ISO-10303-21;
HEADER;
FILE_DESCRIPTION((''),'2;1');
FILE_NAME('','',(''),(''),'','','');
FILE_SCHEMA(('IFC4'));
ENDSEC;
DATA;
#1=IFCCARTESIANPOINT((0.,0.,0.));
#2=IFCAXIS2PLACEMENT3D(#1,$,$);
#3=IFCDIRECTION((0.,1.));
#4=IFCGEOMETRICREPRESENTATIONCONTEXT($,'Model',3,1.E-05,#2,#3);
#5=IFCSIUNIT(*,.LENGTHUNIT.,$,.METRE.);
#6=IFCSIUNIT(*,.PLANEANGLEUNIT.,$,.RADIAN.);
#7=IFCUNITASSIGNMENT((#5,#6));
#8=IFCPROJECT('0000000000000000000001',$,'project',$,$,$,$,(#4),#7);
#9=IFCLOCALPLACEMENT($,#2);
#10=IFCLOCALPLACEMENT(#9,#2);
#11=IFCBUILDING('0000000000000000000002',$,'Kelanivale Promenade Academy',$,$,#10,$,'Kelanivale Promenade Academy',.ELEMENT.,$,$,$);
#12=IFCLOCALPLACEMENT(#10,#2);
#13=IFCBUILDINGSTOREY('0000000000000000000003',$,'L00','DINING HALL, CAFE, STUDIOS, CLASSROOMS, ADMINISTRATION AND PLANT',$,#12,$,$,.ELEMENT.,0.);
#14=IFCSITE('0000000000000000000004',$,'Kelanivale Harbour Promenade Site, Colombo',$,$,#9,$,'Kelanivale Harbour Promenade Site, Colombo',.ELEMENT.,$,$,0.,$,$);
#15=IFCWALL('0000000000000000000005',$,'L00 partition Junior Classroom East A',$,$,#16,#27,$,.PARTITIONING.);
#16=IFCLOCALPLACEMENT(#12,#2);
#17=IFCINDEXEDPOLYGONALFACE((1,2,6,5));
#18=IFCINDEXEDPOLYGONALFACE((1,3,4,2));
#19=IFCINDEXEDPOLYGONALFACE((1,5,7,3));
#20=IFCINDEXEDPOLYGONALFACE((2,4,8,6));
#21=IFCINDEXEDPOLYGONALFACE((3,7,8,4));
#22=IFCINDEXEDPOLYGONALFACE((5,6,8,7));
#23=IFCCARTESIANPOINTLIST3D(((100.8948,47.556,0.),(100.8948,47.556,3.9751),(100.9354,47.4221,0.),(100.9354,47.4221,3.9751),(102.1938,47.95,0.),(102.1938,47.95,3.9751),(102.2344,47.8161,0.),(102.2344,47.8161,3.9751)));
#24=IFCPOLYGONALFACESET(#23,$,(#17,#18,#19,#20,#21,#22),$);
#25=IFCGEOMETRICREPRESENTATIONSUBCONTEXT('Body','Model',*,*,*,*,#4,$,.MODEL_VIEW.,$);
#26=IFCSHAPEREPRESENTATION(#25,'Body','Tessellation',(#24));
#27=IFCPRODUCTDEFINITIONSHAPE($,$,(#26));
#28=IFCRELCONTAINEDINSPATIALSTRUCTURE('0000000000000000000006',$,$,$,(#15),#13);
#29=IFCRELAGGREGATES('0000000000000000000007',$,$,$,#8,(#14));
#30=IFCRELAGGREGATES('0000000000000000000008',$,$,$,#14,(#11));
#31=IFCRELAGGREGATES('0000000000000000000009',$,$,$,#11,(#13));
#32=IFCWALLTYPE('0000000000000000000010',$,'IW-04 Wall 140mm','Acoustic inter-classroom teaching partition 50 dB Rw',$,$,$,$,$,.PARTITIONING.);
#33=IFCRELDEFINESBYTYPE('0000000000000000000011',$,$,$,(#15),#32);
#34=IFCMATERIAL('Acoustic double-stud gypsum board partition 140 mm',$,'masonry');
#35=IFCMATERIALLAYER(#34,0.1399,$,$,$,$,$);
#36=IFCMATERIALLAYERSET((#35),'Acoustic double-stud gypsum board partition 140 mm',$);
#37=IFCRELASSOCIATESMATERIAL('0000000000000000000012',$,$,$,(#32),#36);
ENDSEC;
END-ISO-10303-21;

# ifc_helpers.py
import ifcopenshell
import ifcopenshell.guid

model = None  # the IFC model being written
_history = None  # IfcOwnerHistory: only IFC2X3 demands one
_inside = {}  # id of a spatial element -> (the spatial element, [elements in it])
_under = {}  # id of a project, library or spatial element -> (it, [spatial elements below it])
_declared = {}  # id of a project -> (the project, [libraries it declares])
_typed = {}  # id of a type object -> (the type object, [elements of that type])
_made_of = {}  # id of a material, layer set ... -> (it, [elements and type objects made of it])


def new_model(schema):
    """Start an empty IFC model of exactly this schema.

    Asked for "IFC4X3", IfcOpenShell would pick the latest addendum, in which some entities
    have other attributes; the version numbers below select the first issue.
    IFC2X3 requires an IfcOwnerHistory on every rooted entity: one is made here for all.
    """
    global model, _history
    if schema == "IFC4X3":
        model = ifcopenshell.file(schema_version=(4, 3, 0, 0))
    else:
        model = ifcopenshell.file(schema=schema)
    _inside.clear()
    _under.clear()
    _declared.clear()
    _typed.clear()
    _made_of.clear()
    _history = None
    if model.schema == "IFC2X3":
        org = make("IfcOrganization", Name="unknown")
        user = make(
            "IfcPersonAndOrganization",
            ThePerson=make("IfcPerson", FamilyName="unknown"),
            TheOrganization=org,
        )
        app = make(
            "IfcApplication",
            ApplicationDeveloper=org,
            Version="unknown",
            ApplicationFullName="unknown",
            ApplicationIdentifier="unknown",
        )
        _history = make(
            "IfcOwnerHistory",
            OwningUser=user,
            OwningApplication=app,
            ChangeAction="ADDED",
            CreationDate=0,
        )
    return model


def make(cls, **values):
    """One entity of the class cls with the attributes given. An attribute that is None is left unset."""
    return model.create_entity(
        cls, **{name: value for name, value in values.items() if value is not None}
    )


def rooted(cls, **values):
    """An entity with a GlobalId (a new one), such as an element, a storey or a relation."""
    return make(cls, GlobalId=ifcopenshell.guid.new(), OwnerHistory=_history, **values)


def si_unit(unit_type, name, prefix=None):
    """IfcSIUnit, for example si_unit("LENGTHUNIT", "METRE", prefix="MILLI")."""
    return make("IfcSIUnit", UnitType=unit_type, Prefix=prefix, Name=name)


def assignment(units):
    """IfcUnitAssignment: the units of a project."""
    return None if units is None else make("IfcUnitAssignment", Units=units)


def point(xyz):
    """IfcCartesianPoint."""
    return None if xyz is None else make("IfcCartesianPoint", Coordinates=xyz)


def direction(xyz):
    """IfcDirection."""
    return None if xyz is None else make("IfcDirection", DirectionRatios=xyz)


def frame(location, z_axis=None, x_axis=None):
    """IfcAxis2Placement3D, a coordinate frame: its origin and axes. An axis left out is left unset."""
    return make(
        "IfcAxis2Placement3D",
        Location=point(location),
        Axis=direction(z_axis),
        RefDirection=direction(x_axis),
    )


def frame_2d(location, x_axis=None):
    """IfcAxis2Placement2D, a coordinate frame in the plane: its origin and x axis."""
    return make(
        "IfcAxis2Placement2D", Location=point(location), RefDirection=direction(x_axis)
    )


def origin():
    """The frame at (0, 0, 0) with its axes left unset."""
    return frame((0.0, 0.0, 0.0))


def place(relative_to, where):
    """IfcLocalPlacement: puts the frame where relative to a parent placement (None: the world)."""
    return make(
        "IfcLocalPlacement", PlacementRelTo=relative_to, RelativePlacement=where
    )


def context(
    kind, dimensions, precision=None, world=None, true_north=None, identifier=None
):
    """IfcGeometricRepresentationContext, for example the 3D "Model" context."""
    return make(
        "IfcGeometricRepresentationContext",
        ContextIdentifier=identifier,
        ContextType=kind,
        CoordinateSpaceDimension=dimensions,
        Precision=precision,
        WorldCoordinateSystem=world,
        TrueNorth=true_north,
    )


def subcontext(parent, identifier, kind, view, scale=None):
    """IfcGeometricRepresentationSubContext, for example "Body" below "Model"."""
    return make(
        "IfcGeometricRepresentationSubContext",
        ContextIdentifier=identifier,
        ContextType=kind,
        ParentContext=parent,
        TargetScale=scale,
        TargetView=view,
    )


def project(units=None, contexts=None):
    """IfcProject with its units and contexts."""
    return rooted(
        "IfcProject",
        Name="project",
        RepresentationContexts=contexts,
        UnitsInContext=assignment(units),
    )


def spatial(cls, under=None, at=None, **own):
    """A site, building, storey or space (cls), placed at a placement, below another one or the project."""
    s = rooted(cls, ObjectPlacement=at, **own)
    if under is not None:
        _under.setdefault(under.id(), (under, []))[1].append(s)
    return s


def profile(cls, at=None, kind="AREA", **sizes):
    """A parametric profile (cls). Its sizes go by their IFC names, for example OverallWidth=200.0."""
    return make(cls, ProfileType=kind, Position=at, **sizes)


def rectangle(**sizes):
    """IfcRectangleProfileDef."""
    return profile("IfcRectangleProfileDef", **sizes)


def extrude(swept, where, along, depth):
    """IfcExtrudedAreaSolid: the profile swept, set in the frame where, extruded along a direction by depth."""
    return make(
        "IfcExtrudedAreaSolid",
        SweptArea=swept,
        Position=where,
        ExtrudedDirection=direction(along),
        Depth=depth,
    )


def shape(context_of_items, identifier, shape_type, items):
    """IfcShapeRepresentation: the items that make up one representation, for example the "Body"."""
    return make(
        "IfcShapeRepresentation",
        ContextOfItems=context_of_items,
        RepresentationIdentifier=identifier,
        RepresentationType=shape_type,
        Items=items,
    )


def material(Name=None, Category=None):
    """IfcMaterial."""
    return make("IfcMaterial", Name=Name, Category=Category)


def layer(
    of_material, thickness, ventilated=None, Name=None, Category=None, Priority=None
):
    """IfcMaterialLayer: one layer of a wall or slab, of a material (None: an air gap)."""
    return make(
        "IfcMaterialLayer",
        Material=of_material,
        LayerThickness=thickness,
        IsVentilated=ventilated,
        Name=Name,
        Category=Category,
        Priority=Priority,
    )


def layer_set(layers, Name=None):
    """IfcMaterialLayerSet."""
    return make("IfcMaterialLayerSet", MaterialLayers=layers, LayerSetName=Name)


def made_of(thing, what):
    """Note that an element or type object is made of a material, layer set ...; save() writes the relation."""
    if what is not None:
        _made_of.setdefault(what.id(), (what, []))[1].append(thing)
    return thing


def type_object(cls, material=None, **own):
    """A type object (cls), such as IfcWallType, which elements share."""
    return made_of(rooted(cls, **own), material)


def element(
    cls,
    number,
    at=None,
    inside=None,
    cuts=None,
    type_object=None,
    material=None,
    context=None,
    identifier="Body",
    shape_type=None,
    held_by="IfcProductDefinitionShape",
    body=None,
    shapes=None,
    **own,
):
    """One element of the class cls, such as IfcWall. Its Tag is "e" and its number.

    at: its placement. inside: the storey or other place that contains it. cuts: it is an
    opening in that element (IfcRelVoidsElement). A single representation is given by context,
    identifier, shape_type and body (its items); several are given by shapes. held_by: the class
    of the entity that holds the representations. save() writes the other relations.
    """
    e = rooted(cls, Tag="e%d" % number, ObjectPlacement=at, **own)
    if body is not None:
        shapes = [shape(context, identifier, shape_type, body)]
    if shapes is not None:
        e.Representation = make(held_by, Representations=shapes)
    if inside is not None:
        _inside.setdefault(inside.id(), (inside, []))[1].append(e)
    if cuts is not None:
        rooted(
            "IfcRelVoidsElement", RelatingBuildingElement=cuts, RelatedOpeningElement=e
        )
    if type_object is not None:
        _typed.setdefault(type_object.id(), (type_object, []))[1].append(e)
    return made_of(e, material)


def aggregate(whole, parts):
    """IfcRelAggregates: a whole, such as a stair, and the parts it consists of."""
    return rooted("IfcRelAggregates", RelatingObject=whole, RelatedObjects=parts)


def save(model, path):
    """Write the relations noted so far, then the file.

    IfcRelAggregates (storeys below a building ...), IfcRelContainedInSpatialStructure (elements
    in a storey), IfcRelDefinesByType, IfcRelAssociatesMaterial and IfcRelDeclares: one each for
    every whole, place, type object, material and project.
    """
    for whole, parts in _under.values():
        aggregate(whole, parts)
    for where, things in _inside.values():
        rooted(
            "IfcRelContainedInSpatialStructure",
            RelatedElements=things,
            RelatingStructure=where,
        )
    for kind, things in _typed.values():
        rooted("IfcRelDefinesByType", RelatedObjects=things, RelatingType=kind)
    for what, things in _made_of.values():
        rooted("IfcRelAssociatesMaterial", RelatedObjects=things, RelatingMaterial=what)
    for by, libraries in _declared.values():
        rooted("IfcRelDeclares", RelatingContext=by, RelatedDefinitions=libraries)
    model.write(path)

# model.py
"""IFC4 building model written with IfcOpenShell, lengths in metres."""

from ifc_helpers import new_model, si_unit, direction, frame, frame_2d, origin, place, context, subcontext, project, spatial, rectangle, extrude, material, layer, layer_set, type_object, element, save


model = new_model("IFC4")

# Units and contexts
model_context = context("Model", 3, precision=1e-05, world=origin(), true_north=direction((0.0, 1.0)))
body_context = subcontext(model_context, "Body", "Model", "MODEL_VIEW")
ifc_project = project(units=[si_unit("LENGTHUNIT", "METRE"), si_unit("PLANEANGLEUNIT", "RADIAN")], contexts=[model_context])

# Site, building, storey
site_placement = place(None, origin())
site = spatial("IfcSite", under=ifc_project, at=site_placement, Name="Kelanivale Harbour Promenade Site, Colombo", LongName="Kelanivale Harbour Promenade Site, Colombo", CompositionType="ELEMENT", RefElevation=0.0)
building_placement = place(site_placement, origin())
building = spatial("IfcBuilding", under=site, at=building_placement, Name="Kelanivale Promenade Academy", LongName="Kelanivale Promenade Academy", CompositionType="ELEMENT")
storey_placement = place(building_placement, origin())
storey = spatial("IfcBuildingStorey", under=building, at=storey_placement, Name="L00", Description="DINING HALL, CAFE, STUDIOS, CLASSROOMS, ADMINISTRATION AND PLANT", CompositionType="ELEMENT", Elevation=0.0)

# Wall
ifc_material_1 = material(Name="Acoustic double-stud gypsum board partition 140 mm", Category="masonry")
ifc_layer_1 = layer(ifc_material_1, 0.1399)
ifc_layer_set_1 = layer_set([ifc_layer_1], Name="Acoustic double-stud gypsum board partition 140 mm")
wall_type_1 = type_object("IfcWallType", Name="IW-04 Wall 140mm", Description="Acoustic inter-classroom teaching partition 50 dB Rw", PredefinedType="PARTITIONING", material=ifc_layer_set_1)
wall_1_placement = place(storey_placement, frame((102.2141, 47.8831, 0.0), z_axis=(0.0, 0.0, 1.0), x_axis=(-0.956946, -0.290267, 0.0)))
element("IfcWall", 1, at=wall_1_placement, inside=storey, type_object=wall_type_1, Name="L00 partition Junior Classroom East A", PredefinedType="PARTITIONING", context=body_context, shape_type="SweptSolid", body=[
    extrude(rectangle(XDim=1.3574, YDim=0.1399, at=frame_2d((0.6787, 0.0))), origin(), (0.0, 0.0, 1.0), 3.9751),
])

save(model, "model.ifc")
